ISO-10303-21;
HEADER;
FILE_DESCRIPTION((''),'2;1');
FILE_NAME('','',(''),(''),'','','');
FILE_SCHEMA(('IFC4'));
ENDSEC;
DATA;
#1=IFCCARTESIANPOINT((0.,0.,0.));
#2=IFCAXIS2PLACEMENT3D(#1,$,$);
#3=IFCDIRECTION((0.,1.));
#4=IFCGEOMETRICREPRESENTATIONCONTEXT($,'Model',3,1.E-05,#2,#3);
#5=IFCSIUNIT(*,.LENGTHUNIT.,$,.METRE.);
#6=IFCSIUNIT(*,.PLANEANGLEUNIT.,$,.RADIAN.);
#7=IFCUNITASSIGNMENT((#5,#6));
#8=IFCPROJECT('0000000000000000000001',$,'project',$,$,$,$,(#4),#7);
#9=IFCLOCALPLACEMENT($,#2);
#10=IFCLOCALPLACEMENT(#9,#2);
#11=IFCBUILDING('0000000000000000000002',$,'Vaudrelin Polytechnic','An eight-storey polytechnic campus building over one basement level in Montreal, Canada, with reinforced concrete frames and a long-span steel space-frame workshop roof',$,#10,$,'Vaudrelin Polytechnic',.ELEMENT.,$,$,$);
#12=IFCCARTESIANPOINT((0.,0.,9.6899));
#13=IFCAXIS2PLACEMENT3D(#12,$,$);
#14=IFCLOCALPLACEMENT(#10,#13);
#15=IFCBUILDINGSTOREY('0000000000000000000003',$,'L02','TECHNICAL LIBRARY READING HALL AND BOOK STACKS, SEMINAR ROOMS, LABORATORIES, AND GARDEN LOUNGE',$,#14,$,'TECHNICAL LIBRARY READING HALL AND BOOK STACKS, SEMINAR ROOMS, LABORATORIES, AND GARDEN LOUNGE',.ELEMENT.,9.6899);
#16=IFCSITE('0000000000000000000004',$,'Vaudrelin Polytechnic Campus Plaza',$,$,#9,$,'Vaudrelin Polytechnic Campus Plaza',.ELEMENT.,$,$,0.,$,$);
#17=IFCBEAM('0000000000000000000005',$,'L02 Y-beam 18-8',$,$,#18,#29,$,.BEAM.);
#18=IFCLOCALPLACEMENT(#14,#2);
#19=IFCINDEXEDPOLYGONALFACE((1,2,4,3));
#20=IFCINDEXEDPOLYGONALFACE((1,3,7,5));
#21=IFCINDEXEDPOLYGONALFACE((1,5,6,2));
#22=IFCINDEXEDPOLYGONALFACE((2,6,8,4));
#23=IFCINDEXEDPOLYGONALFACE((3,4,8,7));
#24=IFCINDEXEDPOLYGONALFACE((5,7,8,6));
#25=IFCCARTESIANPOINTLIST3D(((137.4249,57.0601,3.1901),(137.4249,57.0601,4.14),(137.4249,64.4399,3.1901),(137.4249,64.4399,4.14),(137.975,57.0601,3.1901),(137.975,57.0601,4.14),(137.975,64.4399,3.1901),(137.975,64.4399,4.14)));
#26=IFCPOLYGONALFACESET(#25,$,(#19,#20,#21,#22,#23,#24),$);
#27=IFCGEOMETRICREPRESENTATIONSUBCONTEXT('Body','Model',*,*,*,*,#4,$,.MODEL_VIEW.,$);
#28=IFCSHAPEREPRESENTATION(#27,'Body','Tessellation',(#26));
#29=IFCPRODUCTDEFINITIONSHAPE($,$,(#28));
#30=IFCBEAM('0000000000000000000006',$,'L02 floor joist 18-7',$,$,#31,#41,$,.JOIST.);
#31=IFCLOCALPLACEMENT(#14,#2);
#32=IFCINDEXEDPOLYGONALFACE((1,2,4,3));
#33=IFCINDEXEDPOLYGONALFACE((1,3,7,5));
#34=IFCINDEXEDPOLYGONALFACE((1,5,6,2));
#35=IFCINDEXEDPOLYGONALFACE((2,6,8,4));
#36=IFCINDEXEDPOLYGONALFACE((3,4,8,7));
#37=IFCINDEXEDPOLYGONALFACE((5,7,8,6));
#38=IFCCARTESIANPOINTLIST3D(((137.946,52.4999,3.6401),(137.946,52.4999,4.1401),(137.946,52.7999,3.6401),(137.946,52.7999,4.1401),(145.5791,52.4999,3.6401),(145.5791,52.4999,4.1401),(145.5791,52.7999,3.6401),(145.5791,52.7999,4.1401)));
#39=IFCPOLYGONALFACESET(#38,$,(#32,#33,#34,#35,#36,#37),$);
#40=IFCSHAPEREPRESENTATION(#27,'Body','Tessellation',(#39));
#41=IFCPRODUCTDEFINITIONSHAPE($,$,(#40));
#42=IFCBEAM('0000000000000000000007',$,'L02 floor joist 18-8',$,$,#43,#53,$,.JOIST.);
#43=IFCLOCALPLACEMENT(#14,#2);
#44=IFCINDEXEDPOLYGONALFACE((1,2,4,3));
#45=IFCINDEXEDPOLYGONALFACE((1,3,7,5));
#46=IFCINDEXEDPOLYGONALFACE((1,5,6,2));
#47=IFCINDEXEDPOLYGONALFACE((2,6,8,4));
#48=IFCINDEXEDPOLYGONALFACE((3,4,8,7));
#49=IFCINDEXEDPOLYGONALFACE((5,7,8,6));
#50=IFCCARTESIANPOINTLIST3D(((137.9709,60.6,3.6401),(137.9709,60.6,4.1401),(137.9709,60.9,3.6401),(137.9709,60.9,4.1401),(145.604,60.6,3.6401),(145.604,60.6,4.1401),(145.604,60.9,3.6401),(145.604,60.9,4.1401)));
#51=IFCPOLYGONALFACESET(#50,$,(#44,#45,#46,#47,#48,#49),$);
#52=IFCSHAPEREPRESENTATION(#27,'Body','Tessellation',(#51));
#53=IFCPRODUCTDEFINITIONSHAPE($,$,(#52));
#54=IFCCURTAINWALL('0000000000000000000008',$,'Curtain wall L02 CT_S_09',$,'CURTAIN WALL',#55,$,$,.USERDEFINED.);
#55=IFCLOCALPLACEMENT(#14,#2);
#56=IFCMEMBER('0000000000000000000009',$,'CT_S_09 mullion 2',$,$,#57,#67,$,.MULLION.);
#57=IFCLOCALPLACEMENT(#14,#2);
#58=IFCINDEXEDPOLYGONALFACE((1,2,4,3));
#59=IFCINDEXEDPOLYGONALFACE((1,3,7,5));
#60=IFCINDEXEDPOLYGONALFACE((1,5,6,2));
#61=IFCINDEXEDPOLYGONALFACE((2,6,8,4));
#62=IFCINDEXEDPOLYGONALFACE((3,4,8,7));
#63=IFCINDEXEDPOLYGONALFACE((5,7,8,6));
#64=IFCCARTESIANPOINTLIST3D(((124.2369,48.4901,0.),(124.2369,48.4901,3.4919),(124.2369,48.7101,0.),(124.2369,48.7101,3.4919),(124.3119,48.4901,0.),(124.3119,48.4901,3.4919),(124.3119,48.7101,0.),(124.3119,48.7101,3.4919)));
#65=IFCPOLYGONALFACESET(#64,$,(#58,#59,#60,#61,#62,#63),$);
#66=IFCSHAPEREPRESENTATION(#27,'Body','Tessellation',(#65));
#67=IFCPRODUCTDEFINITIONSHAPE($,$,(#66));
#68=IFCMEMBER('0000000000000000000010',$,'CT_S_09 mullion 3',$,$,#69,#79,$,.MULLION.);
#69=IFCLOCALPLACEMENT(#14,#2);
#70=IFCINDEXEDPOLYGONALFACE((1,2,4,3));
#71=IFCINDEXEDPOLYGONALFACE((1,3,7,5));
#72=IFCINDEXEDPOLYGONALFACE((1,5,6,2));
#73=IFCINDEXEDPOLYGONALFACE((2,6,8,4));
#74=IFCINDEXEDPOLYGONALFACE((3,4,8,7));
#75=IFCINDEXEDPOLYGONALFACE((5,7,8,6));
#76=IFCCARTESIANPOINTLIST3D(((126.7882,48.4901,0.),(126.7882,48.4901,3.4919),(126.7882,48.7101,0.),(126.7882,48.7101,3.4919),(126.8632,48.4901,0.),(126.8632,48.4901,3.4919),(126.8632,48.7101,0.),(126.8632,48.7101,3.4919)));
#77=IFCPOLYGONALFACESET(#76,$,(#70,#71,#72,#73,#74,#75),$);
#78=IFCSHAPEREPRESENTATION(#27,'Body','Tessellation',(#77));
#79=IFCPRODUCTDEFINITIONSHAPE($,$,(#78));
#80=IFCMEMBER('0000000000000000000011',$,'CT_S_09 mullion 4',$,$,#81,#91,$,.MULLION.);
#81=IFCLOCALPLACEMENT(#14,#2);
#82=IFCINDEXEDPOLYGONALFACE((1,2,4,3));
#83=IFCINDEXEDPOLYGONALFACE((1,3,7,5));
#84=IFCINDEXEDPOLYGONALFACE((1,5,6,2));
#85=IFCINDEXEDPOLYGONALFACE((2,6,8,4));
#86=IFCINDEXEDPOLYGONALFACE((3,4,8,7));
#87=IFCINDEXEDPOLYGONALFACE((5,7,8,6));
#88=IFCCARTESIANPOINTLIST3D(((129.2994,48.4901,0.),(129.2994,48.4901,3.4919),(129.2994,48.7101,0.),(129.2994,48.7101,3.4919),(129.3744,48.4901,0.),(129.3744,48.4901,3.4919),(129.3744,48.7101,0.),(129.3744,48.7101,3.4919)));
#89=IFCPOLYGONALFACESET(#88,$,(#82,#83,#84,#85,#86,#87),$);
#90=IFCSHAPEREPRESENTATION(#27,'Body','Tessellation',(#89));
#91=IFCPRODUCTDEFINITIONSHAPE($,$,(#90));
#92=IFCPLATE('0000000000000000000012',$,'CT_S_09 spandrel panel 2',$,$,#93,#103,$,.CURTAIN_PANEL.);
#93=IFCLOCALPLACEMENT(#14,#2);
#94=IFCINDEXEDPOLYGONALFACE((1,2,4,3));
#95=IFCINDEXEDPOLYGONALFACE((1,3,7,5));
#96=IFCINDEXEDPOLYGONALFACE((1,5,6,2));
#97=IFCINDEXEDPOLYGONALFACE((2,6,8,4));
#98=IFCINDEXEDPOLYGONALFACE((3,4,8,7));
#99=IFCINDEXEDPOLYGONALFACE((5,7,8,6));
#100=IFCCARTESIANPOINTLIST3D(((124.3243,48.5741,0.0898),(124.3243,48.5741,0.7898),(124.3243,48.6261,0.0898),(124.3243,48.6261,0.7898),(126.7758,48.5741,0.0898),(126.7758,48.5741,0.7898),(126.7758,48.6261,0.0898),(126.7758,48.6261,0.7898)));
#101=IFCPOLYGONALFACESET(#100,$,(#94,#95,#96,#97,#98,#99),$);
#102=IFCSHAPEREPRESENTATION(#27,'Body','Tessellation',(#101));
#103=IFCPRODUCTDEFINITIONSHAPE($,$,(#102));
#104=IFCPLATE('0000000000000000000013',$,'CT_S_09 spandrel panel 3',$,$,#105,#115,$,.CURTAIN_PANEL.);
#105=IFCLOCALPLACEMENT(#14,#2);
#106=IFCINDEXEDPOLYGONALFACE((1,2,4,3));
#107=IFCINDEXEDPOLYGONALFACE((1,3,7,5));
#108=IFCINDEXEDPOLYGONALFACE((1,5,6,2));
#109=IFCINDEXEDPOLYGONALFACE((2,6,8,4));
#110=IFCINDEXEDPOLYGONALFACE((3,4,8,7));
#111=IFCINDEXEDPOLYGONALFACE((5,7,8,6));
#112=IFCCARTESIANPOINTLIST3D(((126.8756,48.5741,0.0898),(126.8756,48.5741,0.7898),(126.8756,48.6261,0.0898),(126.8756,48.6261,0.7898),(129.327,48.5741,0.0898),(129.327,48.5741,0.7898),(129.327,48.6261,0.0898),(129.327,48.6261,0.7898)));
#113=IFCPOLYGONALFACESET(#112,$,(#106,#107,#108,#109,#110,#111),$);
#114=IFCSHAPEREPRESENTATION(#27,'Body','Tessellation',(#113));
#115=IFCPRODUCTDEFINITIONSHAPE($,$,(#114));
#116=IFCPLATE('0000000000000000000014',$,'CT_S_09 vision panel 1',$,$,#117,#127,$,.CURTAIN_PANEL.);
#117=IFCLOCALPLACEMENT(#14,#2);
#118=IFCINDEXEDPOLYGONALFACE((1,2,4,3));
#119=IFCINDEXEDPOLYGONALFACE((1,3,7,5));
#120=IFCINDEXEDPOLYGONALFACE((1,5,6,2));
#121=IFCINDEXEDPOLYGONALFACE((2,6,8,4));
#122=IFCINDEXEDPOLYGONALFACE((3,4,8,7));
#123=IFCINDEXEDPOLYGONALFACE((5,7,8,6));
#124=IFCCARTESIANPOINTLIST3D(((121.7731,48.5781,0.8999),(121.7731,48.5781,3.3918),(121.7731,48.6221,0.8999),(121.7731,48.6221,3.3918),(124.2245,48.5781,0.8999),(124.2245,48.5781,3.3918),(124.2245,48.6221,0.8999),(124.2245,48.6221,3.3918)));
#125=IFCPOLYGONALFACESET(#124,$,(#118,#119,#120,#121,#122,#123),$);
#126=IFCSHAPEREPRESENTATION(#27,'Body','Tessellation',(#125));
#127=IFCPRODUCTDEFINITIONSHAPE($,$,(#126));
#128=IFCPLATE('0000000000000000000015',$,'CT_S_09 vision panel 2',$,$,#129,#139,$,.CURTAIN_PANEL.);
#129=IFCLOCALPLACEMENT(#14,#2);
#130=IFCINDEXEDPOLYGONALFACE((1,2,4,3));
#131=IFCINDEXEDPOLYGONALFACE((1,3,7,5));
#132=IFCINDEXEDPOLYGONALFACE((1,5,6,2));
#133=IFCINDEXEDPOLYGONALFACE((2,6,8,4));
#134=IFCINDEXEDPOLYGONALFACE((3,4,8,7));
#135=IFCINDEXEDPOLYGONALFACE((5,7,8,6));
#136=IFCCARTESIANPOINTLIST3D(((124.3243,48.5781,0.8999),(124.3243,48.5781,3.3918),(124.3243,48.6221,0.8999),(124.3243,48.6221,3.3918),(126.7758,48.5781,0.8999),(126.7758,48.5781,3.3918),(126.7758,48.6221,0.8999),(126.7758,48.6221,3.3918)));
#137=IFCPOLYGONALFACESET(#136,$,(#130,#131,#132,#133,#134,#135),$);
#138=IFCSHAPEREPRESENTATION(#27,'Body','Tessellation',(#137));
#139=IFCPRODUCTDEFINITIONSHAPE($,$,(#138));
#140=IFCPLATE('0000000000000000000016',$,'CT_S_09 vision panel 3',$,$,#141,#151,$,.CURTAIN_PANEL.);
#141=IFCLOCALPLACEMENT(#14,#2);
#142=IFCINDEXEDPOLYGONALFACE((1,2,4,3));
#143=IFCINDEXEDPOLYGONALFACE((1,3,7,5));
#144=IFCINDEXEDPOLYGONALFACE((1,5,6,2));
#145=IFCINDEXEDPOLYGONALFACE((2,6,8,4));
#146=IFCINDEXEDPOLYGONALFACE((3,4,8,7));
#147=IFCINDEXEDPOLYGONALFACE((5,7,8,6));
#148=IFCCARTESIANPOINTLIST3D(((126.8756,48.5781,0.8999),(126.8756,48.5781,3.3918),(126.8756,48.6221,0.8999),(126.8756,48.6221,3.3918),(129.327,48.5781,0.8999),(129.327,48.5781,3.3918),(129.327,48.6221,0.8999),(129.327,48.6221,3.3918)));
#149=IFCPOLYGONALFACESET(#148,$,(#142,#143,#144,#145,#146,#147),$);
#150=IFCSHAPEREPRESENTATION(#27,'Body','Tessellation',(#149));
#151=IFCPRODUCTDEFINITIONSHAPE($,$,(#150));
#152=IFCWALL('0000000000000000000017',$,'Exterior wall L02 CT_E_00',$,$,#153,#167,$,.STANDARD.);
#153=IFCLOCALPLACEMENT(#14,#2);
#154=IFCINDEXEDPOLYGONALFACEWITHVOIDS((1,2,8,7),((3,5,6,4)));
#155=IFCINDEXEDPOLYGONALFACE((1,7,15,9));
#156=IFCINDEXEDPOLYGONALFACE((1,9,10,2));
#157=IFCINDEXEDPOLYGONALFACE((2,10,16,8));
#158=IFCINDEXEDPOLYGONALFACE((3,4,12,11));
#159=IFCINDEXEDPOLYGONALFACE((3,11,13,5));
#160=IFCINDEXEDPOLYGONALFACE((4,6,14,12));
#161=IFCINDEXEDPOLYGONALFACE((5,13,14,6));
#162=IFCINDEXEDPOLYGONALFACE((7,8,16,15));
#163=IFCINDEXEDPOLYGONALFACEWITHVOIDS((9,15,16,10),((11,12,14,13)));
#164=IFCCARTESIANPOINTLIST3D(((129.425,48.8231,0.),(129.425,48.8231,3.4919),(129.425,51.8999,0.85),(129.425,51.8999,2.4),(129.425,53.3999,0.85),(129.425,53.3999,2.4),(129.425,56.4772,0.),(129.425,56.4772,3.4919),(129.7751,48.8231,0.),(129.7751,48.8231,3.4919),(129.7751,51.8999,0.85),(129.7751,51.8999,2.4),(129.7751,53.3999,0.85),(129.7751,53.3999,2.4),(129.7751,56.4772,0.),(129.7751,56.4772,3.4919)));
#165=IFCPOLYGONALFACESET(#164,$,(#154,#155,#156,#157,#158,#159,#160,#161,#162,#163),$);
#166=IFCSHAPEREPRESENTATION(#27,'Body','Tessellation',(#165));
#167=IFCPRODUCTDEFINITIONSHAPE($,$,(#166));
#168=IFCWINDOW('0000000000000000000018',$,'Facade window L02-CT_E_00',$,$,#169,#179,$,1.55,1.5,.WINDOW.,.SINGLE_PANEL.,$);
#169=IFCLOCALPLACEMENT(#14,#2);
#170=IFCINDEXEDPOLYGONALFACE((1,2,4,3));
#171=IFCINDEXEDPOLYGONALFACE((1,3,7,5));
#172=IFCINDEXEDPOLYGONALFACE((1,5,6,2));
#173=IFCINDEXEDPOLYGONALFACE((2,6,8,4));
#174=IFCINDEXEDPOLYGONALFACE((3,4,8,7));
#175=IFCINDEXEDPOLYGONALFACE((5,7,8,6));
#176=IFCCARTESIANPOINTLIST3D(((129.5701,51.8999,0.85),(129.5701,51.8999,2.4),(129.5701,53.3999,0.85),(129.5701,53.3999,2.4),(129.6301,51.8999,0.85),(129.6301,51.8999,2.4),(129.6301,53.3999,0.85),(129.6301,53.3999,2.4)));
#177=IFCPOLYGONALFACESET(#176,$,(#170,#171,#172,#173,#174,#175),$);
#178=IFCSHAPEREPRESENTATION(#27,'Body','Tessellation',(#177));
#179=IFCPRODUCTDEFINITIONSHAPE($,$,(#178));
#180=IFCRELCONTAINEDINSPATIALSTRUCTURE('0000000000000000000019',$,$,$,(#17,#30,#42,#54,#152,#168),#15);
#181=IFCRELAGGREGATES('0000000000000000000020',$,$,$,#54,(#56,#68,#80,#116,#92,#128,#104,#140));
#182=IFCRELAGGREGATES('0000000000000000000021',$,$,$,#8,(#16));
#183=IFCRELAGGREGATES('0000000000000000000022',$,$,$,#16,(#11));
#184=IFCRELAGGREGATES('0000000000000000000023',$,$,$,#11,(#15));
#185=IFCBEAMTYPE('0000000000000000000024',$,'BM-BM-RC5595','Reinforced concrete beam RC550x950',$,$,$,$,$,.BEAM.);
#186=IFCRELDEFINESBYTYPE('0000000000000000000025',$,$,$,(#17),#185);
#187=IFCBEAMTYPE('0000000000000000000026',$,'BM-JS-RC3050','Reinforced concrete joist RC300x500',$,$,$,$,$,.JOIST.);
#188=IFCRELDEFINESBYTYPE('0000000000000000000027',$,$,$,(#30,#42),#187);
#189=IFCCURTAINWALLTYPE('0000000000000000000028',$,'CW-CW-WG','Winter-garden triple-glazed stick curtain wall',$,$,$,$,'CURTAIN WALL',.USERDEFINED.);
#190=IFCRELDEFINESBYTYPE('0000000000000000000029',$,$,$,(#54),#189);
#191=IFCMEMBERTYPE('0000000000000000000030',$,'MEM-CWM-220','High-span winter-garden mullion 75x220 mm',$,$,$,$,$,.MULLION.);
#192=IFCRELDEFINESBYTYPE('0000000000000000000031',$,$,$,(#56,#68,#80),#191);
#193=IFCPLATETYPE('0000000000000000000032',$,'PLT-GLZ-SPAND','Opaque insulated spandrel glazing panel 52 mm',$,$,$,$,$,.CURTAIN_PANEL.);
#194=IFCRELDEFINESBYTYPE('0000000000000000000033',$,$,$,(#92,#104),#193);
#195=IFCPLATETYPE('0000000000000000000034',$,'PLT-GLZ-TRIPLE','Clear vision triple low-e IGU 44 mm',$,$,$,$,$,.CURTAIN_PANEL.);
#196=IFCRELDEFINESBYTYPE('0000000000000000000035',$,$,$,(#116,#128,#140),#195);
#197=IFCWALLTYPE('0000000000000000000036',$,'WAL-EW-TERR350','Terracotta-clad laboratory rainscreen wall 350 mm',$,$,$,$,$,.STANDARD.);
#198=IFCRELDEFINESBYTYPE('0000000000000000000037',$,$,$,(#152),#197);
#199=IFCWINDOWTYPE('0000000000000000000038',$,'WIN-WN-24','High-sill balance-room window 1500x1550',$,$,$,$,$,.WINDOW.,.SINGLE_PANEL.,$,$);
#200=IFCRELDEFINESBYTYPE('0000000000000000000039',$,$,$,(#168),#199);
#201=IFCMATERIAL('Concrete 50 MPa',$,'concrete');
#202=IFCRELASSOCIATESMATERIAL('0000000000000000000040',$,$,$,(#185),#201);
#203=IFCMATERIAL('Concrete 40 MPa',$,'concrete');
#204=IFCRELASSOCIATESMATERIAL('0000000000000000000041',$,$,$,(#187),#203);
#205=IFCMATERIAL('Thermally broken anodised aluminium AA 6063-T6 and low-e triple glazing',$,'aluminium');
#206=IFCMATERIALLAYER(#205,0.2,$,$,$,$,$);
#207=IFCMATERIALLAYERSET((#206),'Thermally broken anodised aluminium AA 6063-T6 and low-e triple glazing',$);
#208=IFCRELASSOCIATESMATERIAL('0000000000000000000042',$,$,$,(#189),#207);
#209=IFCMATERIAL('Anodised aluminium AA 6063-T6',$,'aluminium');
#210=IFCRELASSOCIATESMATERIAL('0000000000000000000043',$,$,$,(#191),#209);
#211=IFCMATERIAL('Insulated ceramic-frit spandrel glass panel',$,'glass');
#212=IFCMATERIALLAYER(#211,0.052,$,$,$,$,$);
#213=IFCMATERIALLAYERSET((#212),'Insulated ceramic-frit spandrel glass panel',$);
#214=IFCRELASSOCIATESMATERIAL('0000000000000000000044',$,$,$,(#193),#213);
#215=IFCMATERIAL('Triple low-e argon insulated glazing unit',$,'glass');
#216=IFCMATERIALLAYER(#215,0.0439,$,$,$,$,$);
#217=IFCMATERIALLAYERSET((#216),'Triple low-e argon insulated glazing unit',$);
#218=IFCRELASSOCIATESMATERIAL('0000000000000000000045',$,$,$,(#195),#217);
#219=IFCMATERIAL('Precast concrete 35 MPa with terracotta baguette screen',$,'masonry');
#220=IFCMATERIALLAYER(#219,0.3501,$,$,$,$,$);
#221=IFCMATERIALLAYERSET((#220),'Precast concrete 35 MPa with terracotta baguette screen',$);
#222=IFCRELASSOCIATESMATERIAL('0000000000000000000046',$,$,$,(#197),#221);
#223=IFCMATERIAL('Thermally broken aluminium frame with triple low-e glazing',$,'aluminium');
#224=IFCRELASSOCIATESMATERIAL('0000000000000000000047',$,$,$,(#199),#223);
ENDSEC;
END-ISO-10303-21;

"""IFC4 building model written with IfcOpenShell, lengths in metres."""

from ifc_helpers import new_model, si_unit, direction, frame, frame_2d, origin, origin_2d, place, context, subcontext, project, spatial, rectangle, extrude, material, layer, layer_set, material_profile, profile_set, type_object, element, fill, aggregate, save


model = new_model("IFC4")

# Units and contexts
model_context = context("Model", 3, precision=1e-05, world=origin(), true_north=direction((0.0, 1.0)))
body_context = subcontext(model_context, "Body", "Model", "MODEL_VIEW")
ifc_project = project(units=[si_unit("LENGTHUNIT", "METRE"), si_unit("PLANEANGLEUNIT", "RADIAN")], contexts=[model_context])

# Site, building, storey
site_placement = place(None, origin())
site = spatial("IfcSite", under=ifc_project, at=site_placement, Name="Vaudrelin Polytechnic Campus Plaza", LongName="Vaudrelin Polytechnic Campus Plaza", CompositionType="ELEMENT", RefElevation=0.0)
building_placement = place(site_placement, origin())
building = spatial("IfcBuilding", under=site, at=building_placement, Name="Vaudrelin Polytechnic", Description="An eight-storey polytechnic campus building over one basement level in Montreal, Canada, with reinforced concrete frames and a long-span steel space-frame workshop roof", LongName="Vaudrelin Polytechnic", CompositionType="ELEMENT")
storey_placement = place(building_placement, frame((0.0, 0.0, 9.6899)))
storey = spatial("IfcBuildingStorey", under=building, at=storey_placement, Name="L02", Description="TECHNICAL LIBRARY READING HALL AND BOOK STACKS, SEMINAR ROOMS, LABORATORIES, AND GARDEN LOUNGE", LongName="TECHNICAL LIBRARY READING HALL AND BOOK STACKS, SEMINAR ROOMS, LABORATORIES, AND GARDEN LOUNGE", CompositionType="ELEMENT", Elevation=9.6899)

# Shared definitions
ifc_material_1 = material(Name="Concrete 40 MPa", Category="concrete")
ifc_material_2 = material(Name="Concrete 50 MPa", Category="concrete")

# Beams
ifc_material_profile_1 = material_profile(ifc_material_2, rectangle(XDim=0.55, YDim=0.95, at=origin_2d()), Name="RC550x950")
ifc_profile_set_1 = profile_set([ifc_material_profile_1], Name="Concrete 50 MPa")
beam_type_1 = type_object("IfcBeamType", Name="BM-BM-RC5595", Description="Reinforced concrete beam RC550x950", PredefinedType="BEAM", material=ifc_profile_set_1)
beam_1_placement = place(storey_placement, frame((137.7, 57.0601, 3.665), z_axis=(0.0, 1.0, 0.0), x_axis=(-1.0, 0.0, 0.0)))
element("IfcBeam", 1, at=beam_1_placement, inside=storey, type_object=beam_type_1, Name="L02 Y-beam 18-8", PredefinedType="BEAM", context=body_context, shape_type="SweptSolid", body=[
    extrude(rectangle(XDim=0.55, YDim=0.95, at=origin_2d()), origin(), (0.0, 0.0, 1.0), 7.3799),
])
ifc_material_profile_2 = material_profile(ifc_material_1, rectangle(XDim=0.3, YDim=0.5, at=origin_2d()), Name="RC300x500")
ifc_profile_set_2 = profile_set([ifc_material_profile_2], Name="Concrete 40 MPa")
beam_type_2 = type_object("IfcBeamType", Name="BM-JS-RC3050", Description="Reinforced concrete joist RC300x500", PredefinedType="JOIST", material=ifc_profile_set_2)
for number, where, z_axis, x_axis, name in (
    (2, (137.946, 52.6499, 3.8901), (1.0, 0.0, 0.0), (0.0, 1.0, 0.0), "L02 floor joist 18-7"),
    (3, (137.9709, 60.75, 3.8901), (1.0, 0.0, 0.0), (0.0, 1.0, 0.0), "L02 floor joist 18-8"),
):
    element("IfcBeam", number, at=place(storey_placement, frame(where, z_axis=z_axis, x_axis=x_axis)), inside=storey, type_object=beam_type_2, Name=name, PredefinedType="JOIST", context=body_context, shape_type="SweptSolid", body=[
        extrude(rectangle(XDim=0.3, YDim=0.5, at=origin_2d()), origin(), (0.0, 0.0, 1.0), 7.6331),
    ])

# Curtain wall, members, plates
ifc_material_3 = material(Name="Thermally broken anodised aluminium AA 6063-T6 and low-e triple glazing", Category="aluminium")
ifc_layer_1 = layer(ifc_material_3, 0.2)
ifc_layer_set_1 = layer_set([ifc_layer_1], Name="Thermally broken anodised aluminium AA 6063-T6 and low-e triple glazing")
curtain_wall_type = type_object("IfcCurtainWallType", Name="CW-CW-WG", Description="Winter-garden triple-glazed stick curtain wall", ElementType="CURTAIN WALL", PredefinedType="USERDEFINED", material=ifc_layer_set_1)
curtain_wall_placement = place(storey_placement, origin())
curtain_wall = element("IfcCurtainWall", 4, at=curtain_wall_placement, inside=storey, type_object=curtain_wall_type, Name="Curtain wall L02 CT_S_09", ObjectType="CURTAIN WALL", PredefinedType="USERDEFINED")
ifc_material_4 = material(Name="Anodised aluminium AA 6063-T6", Category="aluminium")
ifc_material_profile_3 = material_profile(ifc_material_4, rectangle(XDim=0.075, YDim=0.22, at=origin_2d()), Name="CWM-75x220")
ifc_profile_set_3 = profile_set([ifc_material_profile_3], Name="Anodised aluminium AA 6063-T6")
member_type = type_object("IfcMemberType", Name="MEM-CWM-220", Description="High-span winter-garden mullion 75x220 mm", PredefinedType="MULLION", material=ifc_profile_set_3)
member_1_placement = place(storey_placement, frame((124.2744, 48.6001, 0.0), z_axis=(0.0, 0.0, 1.0), x_axis=(1.0, 0.0, 0.0)))
member_1 = element("IfcMember", 5, at=member_1_placement, type_object=member_type, Name="CT_S_09 mullion 2", PredefinedType="MULLION", context=body_context, shape_type="SweptSolid", body=[
    extrude(rectangle(XDim=0.075, YDim=0.22, at=origin_2d()), origin(), (0.0, 0.0, 1.0), 3.4919),
])
member_2_placement = place(storey_placement, frame((126.8257, 48.6001, 0.0), z_axis=(0.0, 0.0, 1.0), x_axis=(1.0, 0.0, 0.0)))
member_2 = element("IfcMember", 6, at=member_2_placement, type_object=member_type, Name="CT_S_09 mullion 3", PredefinedType="MULLION", context=body_context, shape_type="SweptSolid", body=[
    extrude(rectangle(XDim=0.075, YDim=0.22, at=origin_2d()), origin(), (0.0, 0.0, 1.0), 3.4919),
])
member_3_placement = place(storey_placement, frame((129.3369, 48.6001, 0.0), z_axis=(0.0, 0.0, 1.0), x_axis=(1.0, 0.0, 0.0)))
member_3 = element("IfcMember", 7, at=member_3_placement, type_object=member_type, Name="CT_S_09 mullion 4", PredefinedType="MULLION", context=body_context, shape_type="SweptSolid", body=[
    extrude(rectangle(XDim=0.075, YDim=0.22, at=origin_2d()), origin(), (0.0, 0.0, 1.0), 3.4919),
])
ifc_material_5 = material(Name="Insulated ceramic-frit spandrel glass panel", Category="glass")
ifc_layer_2 = layer(ifc_material_5, 0.052)
ifc_layer_set_2 = layer_set([ifc_layer_2], Name="Insulated ceramic-frit spandrel glass panel")
plate_type_1 = type_object("IfcPlateType", Name="PLT-GLZ-SPAND", Description="Opaque insulated spandrel glazing panel 52 mm", PredefinedType="CURTAIN_PANEL", material=ifc_layer_set_2)
plate_1_placement = place(storey_placement, frame((125.55, 48.6001, 0.0898), z_axis=(0.0, 0.0, 1.0), x_axis=(1.0, 0.0, 0.0)))
plate_1 = element("IfcPlate", 8, at=plate_1_placement, type_object=plate_type_1, Name="CT_S_09 spandrel panel 2", PredefinedType="CURTAIN_PANEL", context=body_context, shape_type="SweptSolid", body=[
    extrude(rectangle(XDim=2.4514, YDim=0.052, at=origin_2d()), origin(), (0.0, 0.0, 1.0), 0.7),
])
plate_2_placement = place(storey_placement, frame((128.1013, 48.6001, 0.0898), z_axis=(0.0, 0.0, 1.0), x_axis=(1.0, 0.0, 0.0)))
plate_2 = element("IfcPlate", 9, at=plate_2_placement, type_object=plate_type_1, Name="CT_S_09 spandrel panel 3", PredefinedType="CURTAIN_PANEL", context=body_context, shape_type="SweptSolid", body=[
    extrude(rectangle(XDim=2.4514, YDim=0.052, at=origin_2d()), origin(), (0.0, 0.0, 1.0), 0.7),
])
ifc_material_6 = material(Name="Triple low-e argon insulated glazing unit", Category="glass")
ifc_layer_3 = layer(ifc_material_6, 0.0439)
ifc_layer_set_3 = layer_set([ifc_layer_3], Name="Triple low-e argon insulated glazing unit")
plate_type_2 = type_object("IfcPlateType", Name="PLT-GLZ-TRIPLE", Description="Clear vision triple low-e IGU 44 mm", PredefinedType="CURTAIN_PANEL", material=ifc_layer_set_3)
plate_3_placement = place(storey_placement, frame((122.9988, 48.6001, 0.8999), z_axis=(0.0, 0.0, 1.0), x_axis=(1.0, 0.0, 0.0)))
plate_3 = element("IfcPlate", 10, at=plate_3_placement, type_object=plate_type_2, Name="CT_S_09 vision panel 1", PredefinedType="CURTAIN_PANEL", context=body_context, shape_type="SweptSolid", body=[
    extrude(rectangle(XDim=2.4514, YDim=0.0439, at=origin_2d()), origin(), (0.0, 0.0, 1.0), 2.4919),
])
plate_4_placement = place(storey_placement, frame((125.55, 48.6001, 0.8999), z_axis=(0.0, 0.0, 1.0), x_axis=(1.0, 0.0, 0.0)))
plate_4 = element("IfcPlate", 11, at=plate_4_placement, type_object=plate_type_2, Name="CT_S_09 vision panel 2", PredefinedType="CURTAIN_PANEL", context=body_context, shape_type="SweptSolid", body=[
    extrude(rectangle(XDim=2.4514, YDim=0.0439, at=origin_2d()), origin(), (0.0, 0.0, 1.0), 2.4919),
])
plate_5_placement = place(storey_placement, frame((128.1013, 48.6001, 0.8999), z_axis=(0.0, 0.0, 1.0), x_axis=(1.0, 0.0, 0.0)))
plate_5 = element("IfcPlate", 12, at=plate_5_placement, type_object=plate_type_2, Name="CT_S_09 vision panel 3", PredefinedType="CURTAIN_PANEL", context=body_context, shape_type="SweptSolid", body=[
    extrude(rectangle(XDim=2.4514, YDim=0.0439, at=origin_2d()), origin(), (0.0, 0.0, 1.0), 2.4919),
])
aggregate(curtain_wall, [member_1, member_2, member_3, plate_3, plate_1, plate_4, plate_2, plate_5])

# Wall, opening, window
ifc_material_7 = material(Name="Precast concrete 35 MPa with terracotta baguette screen", Category="masonry")
ifc_layer_4 = layer(ifc_material_7, 0.3501)
ifc_layer_set_4 = layer_set([ifc_layer_4], Name="Precast concrete 35 MPa with terracotta baguette screen")
wall_type_1 = type_object("IfcWallType", Name="WAL-EW-TERR350", Description="Terracotta-clad laboratory rainscreen wall 350 mm", PredefinedType="STANDARD", material=ifc_layer_set_4)
wall_1_placement = place(storey_placement, frame((129.6001, 48.823, 0.0), z_axis=(0.0, 0.0, 1.0), x_axis=(0.0, 1.0, 0.0)))
wall_1 = element("IfcWall", 13, at=wall_1_placement, inside=storey, type_object=wall_type_1, Name="Exterior wall L02 CT_E_00", PredefinedType="STANDARD", context=body_context, shape_type="SweptSolid", body=[
    extrude(rectangle(XDim=7.6541, YDim=0.3501, at=frame_2d((3.8271, 0.0))), origin(), (0.0, 0.0, 1.0), 3.4919),
])
opening_1_placement = place(wall_1_placement, frame((3.0769, 0.0, 0.8501)))
opening_1 = element("IfcOpeningElement", 14, at=opening_1_placement, cuts=wall_1, PredefinedType="OPENING", context=body_context, shape_type="SweptSolid", body=[
    extrude(rectangle(XDim=1.5, YDim=1.55, at=frame_2d((0.75, 0.7749))), frame((0.0, 0.1851, 0.0), z_axis=(0.0, -1.0, 0.0), x_axis=(1.0, 0.0, 0.0)), (0.0, 0.0, 1.0), 0.3701),
])
ifc_material_8 = material(Name="Thermally broken aluminium frame with triple low-e glazing", Category="aluminium")
window_type_1 = type_object("IfcWindowType", Name="WIN-WN-24", Description="High-sill balance-room window 1500x1550", PartitioningType="SINGLE_PANEL", PredefinedType="WINDOW", material=ifc_material_8)
window_1_placement = place(opening_1_placement, origin())
window_1 = element("IfcWindow", 15, at=window_1_placement, inside=storey, type_object=window_type_1, Name="Facade window L02-CT_E_00", OverallHeight=1.55, OverallWidth=1.5, PartitioningType="SINGLE_PANEL", PredefinedType="WINDOW", context=body_context, shape_type="SweptSolid", body=[
    extrude(rectangle(XDim=1.5, YDim=1.55, at=frame_2d((0.75, 0.7749))), frame((0.0, 0.03, 0.0), z_axis=(0.0, -1.0, 0.0), x_axis=(1.0, 0.0, 0.0)), (0.0, 0.0, 1.0), 0.0601),
])
fill(opening_1, window_1)

save(model, "model.ifc")
